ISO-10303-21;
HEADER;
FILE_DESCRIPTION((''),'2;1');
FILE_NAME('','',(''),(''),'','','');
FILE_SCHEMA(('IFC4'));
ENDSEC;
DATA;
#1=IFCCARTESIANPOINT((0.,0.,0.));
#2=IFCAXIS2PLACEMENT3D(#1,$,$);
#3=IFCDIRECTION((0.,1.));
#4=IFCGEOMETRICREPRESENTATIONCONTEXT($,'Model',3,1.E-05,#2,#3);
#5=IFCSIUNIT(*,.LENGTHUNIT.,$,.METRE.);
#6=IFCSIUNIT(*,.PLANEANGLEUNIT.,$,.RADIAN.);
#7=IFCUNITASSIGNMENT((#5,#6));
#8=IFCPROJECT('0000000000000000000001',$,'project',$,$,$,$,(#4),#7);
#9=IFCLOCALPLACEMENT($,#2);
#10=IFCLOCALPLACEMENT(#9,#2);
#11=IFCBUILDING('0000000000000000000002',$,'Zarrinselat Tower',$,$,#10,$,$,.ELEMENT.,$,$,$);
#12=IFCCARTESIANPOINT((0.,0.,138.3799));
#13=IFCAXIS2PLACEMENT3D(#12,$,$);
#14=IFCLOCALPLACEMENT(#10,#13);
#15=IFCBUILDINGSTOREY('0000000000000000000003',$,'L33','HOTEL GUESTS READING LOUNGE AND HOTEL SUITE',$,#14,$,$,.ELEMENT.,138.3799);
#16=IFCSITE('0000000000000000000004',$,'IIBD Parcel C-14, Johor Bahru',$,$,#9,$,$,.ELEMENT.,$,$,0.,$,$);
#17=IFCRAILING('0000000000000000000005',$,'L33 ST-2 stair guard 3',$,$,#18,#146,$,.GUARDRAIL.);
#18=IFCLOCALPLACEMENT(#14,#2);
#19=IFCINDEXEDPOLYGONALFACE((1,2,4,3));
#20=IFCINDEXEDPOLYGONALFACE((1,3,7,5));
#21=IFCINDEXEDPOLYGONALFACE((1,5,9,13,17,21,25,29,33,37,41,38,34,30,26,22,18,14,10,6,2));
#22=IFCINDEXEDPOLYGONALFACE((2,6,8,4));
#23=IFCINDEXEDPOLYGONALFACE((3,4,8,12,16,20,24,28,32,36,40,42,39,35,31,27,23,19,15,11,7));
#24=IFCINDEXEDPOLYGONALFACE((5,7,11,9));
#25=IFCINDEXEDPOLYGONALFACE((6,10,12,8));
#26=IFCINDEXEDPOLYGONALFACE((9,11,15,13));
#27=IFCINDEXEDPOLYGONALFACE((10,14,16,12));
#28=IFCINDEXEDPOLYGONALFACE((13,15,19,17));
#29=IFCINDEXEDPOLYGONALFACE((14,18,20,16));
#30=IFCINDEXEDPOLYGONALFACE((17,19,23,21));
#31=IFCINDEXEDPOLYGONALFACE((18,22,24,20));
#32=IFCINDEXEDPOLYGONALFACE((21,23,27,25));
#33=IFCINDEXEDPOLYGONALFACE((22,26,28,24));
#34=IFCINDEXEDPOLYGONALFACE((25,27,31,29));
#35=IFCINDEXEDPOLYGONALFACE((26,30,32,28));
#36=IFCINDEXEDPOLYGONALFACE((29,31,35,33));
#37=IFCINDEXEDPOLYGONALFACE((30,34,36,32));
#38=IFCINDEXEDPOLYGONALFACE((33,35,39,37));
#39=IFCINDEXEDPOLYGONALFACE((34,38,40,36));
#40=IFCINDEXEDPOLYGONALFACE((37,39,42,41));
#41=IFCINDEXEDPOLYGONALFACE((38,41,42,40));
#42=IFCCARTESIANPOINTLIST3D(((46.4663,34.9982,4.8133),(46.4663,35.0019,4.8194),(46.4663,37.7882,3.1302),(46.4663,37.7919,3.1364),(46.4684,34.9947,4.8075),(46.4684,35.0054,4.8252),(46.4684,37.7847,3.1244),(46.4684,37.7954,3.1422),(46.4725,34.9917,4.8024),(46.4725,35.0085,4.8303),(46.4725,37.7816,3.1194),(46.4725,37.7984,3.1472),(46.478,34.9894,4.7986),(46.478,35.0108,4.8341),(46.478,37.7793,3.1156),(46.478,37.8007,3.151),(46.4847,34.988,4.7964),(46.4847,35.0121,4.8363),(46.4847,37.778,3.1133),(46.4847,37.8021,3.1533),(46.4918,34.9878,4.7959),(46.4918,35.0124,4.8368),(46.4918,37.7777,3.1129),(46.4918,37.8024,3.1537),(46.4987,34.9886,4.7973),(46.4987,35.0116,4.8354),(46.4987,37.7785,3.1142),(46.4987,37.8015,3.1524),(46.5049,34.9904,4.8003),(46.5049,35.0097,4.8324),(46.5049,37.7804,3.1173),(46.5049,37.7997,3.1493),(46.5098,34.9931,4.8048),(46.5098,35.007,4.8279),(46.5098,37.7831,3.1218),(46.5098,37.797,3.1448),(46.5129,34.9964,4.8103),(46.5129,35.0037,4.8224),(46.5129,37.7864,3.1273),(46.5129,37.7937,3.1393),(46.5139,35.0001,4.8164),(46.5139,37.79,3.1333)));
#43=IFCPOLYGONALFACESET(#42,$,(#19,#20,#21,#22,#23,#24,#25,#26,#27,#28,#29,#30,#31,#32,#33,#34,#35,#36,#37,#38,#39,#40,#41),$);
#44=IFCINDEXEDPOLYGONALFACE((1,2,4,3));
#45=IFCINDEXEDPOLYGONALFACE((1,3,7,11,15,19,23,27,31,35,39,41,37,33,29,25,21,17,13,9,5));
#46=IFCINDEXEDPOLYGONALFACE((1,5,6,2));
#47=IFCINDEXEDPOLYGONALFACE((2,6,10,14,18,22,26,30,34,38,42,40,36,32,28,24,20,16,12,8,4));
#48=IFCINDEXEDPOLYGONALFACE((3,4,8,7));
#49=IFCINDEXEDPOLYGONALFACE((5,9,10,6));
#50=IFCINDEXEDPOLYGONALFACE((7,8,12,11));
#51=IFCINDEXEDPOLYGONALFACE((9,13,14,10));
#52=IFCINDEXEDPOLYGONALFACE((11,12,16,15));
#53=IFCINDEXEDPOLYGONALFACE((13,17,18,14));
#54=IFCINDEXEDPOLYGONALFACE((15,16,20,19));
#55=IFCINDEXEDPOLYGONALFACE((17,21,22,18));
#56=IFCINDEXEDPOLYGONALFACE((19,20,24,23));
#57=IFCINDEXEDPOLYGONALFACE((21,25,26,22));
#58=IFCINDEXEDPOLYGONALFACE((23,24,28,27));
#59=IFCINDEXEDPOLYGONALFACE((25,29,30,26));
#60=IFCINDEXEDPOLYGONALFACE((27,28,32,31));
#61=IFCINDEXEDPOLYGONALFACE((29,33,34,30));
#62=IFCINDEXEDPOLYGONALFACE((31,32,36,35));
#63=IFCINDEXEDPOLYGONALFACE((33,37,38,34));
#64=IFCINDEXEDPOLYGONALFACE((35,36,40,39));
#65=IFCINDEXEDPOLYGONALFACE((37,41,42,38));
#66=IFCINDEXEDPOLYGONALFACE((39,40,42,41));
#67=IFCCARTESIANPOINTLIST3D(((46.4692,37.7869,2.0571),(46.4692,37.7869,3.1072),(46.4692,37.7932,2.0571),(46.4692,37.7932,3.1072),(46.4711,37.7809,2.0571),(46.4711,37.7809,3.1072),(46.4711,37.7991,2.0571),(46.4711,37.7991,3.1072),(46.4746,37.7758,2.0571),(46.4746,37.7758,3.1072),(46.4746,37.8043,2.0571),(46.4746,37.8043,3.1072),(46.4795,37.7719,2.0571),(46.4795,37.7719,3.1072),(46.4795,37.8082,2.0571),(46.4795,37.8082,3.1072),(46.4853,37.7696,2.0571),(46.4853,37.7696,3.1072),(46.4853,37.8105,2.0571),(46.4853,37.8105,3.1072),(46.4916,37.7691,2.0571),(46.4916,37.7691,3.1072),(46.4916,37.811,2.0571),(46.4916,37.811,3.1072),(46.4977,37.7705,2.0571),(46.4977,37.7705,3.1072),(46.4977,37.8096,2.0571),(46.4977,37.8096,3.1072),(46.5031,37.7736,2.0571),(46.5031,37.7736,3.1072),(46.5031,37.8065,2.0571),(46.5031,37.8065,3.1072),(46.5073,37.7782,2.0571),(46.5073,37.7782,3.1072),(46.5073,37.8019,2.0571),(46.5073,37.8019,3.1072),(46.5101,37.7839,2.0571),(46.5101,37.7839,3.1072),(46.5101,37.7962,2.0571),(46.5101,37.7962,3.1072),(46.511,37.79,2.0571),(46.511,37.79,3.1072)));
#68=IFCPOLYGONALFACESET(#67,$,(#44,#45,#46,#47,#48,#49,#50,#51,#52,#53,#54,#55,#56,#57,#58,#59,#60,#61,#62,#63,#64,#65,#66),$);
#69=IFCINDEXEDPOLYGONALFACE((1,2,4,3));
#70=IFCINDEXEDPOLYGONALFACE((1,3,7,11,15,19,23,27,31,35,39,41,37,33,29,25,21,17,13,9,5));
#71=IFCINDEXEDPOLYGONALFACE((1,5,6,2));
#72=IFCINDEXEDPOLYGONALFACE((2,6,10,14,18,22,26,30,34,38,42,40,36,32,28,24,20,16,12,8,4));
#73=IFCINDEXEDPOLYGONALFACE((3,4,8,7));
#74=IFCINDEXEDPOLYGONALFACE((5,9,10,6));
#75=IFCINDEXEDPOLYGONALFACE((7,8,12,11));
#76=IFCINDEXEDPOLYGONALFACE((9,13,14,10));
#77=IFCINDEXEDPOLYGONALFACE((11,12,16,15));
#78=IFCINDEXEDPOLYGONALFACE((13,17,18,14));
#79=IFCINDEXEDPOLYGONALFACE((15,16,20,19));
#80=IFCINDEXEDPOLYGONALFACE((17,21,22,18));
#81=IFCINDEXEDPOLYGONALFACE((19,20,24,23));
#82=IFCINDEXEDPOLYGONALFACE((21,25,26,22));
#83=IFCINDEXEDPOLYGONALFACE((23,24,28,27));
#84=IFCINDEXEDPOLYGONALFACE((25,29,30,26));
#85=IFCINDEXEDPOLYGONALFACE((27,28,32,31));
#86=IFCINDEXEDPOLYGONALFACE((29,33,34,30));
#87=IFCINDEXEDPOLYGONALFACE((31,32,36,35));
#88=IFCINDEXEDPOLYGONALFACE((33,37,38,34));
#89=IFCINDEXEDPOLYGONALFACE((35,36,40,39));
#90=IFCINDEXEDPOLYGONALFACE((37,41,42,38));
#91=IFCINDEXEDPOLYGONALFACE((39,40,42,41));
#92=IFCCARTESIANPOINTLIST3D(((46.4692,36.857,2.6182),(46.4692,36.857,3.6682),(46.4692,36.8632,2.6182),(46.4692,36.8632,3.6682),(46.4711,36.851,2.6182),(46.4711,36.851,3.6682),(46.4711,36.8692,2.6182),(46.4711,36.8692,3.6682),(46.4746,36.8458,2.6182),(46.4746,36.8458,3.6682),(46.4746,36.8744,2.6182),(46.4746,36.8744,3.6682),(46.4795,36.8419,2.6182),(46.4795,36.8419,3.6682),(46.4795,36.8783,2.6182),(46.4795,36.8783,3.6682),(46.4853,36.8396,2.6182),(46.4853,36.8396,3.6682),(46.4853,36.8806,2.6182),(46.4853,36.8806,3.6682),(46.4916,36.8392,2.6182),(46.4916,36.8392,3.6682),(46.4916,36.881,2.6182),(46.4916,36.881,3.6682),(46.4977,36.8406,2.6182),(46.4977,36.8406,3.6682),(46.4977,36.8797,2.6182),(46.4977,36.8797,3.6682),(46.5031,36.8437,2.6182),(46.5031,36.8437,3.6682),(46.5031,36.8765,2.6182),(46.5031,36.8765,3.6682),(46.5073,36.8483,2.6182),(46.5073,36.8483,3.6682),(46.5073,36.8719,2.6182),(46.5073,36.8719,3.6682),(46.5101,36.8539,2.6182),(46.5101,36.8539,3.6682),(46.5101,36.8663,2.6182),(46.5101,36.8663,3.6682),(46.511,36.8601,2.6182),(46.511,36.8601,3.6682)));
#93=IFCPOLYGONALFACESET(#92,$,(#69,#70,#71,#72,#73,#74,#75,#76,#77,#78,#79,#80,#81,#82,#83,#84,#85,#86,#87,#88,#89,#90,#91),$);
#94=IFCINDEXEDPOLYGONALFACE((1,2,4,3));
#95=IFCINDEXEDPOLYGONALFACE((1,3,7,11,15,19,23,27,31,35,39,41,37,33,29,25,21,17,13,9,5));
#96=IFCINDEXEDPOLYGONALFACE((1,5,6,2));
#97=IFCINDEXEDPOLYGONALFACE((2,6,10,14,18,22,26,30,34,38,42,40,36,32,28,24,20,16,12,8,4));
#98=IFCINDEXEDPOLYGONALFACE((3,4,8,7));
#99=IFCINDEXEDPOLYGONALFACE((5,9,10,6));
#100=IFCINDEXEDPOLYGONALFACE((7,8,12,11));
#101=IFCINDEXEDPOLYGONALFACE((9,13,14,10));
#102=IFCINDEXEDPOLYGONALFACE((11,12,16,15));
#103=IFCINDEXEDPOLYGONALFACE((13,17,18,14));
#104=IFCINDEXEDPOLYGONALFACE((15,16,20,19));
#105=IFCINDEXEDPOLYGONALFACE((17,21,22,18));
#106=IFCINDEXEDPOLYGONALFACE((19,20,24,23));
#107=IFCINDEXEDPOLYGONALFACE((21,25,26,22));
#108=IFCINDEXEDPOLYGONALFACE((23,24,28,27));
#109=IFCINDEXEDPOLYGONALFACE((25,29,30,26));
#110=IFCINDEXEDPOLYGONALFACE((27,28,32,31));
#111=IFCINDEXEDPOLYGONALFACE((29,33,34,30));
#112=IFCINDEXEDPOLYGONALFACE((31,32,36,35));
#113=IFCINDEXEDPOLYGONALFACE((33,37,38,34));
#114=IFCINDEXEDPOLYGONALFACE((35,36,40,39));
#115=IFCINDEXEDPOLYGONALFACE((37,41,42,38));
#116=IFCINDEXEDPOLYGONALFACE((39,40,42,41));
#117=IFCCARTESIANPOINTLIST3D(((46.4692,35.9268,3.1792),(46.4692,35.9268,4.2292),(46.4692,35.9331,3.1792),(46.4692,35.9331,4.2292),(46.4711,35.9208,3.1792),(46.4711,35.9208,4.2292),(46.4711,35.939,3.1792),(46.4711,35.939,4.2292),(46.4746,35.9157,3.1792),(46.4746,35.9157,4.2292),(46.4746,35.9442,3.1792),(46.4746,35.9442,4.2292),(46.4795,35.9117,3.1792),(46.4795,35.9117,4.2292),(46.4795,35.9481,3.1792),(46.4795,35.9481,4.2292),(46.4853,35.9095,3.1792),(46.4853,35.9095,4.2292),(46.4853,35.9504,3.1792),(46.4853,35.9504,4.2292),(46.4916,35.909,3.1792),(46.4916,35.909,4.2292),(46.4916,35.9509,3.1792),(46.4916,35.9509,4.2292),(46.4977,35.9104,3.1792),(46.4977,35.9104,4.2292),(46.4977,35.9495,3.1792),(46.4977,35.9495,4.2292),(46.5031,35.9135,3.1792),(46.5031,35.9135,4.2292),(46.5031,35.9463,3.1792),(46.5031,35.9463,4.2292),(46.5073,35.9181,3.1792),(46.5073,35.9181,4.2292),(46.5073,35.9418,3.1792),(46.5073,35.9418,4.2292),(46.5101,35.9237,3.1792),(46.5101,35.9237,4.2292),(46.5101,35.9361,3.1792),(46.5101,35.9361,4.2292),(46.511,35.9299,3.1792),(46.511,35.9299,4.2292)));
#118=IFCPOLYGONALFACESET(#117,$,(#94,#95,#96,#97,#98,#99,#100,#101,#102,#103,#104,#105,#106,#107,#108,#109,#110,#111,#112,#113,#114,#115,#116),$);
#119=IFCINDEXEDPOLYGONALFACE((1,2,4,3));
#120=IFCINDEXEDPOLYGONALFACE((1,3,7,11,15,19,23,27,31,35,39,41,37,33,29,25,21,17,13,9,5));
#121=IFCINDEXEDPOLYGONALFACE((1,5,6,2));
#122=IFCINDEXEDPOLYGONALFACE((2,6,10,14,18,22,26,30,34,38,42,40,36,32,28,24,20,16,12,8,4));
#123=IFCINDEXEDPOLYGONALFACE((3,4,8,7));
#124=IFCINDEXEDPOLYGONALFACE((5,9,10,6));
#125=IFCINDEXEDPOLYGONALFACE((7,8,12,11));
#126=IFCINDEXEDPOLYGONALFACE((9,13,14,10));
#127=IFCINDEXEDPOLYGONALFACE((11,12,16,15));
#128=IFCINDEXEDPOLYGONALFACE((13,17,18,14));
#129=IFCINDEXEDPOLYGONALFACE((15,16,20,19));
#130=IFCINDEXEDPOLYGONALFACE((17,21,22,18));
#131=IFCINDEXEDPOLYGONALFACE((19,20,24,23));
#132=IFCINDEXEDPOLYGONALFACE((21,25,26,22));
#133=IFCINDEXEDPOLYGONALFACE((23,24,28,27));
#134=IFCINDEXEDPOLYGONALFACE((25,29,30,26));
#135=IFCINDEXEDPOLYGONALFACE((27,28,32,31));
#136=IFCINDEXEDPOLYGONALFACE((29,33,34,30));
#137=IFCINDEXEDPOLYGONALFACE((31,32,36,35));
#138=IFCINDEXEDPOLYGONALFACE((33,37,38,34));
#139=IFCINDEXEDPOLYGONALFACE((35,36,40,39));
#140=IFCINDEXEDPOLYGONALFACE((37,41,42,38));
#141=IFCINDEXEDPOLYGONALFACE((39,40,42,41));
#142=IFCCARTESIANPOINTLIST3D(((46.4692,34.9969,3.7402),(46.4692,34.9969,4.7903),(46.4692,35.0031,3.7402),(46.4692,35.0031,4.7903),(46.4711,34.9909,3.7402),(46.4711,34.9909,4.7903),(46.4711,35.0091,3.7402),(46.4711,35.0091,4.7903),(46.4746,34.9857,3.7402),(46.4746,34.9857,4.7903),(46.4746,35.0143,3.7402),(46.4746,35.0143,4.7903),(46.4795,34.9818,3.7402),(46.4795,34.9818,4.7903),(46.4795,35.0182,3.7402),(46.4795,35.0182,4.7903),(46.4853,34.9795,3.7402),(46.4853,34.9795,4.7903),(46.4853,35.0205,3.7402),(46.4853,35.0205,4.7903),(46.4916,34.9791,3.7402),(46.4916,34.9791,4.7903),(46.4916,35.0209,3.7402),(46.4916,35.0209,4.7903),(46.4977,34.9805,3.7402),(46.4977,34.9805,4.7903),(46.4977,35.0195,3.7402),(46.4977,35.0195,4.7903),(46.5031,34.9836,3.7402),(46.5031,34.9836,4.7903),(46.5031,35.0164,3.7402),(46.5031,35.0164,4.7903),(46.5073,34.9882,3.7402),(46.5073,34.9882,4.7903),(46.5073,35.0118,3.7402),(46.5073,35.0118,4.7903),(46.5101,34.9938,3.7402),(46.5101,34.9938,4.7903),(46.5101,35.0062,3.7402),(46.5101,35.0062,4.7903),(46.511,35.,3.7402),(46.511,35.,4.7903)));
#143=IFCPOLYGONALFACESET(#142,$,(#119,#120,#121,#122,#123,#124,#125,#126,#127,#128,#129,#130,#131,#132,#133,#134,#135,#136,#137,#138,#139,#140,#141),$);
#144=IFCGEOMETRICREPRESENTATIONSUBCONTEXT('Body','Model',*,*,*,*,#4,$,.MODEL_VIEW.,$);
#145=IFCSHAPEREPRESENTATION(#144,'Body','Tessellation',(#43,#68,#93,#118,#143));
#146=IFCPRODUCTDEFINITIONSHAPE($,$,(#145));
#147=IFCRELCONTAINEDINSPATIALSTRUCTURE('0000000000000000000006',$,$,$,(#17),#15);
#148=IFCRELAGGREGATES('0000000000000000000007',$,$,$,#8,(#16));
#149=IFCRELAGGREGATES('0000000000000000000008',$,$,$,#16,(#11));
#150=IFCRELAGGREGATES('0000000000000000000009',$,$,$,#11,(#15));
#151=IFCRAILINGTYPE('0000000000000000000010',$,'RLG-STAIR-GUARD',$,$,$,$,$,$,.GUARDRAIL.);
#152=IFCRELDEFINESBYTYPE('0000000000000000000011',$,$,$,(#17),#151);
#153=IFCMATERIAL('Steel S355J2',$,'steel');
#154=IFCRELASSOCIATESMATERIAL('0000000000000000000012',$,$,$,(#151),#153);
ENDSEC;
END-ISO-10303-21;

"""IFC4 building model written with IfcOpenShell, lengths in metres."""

from ifc_helpers import new_model, si_unit, direction, frame, origin, origin_2d, place, context, subcontext, project, spatial, circle, extrude, material, type_object, element, save


model = new_model("IFC4")

# Units and contexts
model_context = context("Model", 3, precision=1e-05, world=origin(), true_north=direction((0.0, 1.0)))
body_context = subcontext(model_context, "Body", "Model", "MODEL_VIEW")
ifc_project = project(units=[si_unit("LENGTHUNIT", "METRE"), si_unit("PLANEANGLEUNIT", "RADIAN")], contexts=[model_context])

# Site, building, storey
site_placement = place(None, origin())
site = spatial("IfcSite", under=ifc_project, at=site_placement, Name="IIBD Parcel C-14, Johor Bahru", CompositionType="ELEMENT", RefElevation=0.0)
building_placement = place(site_placement, origin())
building = spatial("IfcBuilding", under=site, at=building_placement, Name="Zarrinselat Tower", CompositionType="ELEMENT")
storey_placement = place(building_placement, frame((0.0, 0.0, 138.3799)))
storey = spatial("IfcBuildingStorey", under=building, at=storey_placement, Name="L33", Description="HOTEL GUESTS READING LOUNGE AND HOTEL SUITE", CompositionType="ELEMENT", Elevation=138.3799)

# Railing
ifc_material_1 = material(Name="Steel S355J2", Category="steel")
railing_type_1 = type_object("IfcRailingType", Name="RLG-STAIR-GUARD", PredefinedType="GUARDRAIL", material=ifc_material_1)
railing_1_placement = place(storey_placement, frame((46.49, 37.79, 2.0571)))
element("IfcRailing", 1, at=railing_1_placement, inside=storey, type_object=railing_type_1, Name="L33 ST-2 stair guard 3", PredefinedType="GUARDRAIL", context=body_context, shape_type="SweptSolid", body=[
    extrude(circle(Radius=0.0239, at=origin_2d()), frame((0.0, 0.0, 1.0762), z_axis=(0.0, -0.856261, 0.516544), x_axis=(1.0, 0.0, 0.0)), (0.0, 0.0, 1.0), 3.2583),
    extrude(circle(Radius=0.021, at=origin_2d()), origin(), (0.0, 0.0, 1.0), 1.05),
    extrude(circle(Radius=0.021, at=origin_2d()), frame((0.0, -0.9299, 0.561)), (0.0, 0.0, 1.0), 1.05),
    extrude(circle(Radius=0.021, at=origin_2d()), frame((0.0, -1.8601, 1.1221)), (0.0, 0.0, 1.0), 1.05),
    extrude(circle(Radius=0.021, at=origin_2d()), frame((0.0, -2.79, 1.6831)), (0.0, 0.0, 1.0), 1.05),
])

save(model, "model.ifc")
